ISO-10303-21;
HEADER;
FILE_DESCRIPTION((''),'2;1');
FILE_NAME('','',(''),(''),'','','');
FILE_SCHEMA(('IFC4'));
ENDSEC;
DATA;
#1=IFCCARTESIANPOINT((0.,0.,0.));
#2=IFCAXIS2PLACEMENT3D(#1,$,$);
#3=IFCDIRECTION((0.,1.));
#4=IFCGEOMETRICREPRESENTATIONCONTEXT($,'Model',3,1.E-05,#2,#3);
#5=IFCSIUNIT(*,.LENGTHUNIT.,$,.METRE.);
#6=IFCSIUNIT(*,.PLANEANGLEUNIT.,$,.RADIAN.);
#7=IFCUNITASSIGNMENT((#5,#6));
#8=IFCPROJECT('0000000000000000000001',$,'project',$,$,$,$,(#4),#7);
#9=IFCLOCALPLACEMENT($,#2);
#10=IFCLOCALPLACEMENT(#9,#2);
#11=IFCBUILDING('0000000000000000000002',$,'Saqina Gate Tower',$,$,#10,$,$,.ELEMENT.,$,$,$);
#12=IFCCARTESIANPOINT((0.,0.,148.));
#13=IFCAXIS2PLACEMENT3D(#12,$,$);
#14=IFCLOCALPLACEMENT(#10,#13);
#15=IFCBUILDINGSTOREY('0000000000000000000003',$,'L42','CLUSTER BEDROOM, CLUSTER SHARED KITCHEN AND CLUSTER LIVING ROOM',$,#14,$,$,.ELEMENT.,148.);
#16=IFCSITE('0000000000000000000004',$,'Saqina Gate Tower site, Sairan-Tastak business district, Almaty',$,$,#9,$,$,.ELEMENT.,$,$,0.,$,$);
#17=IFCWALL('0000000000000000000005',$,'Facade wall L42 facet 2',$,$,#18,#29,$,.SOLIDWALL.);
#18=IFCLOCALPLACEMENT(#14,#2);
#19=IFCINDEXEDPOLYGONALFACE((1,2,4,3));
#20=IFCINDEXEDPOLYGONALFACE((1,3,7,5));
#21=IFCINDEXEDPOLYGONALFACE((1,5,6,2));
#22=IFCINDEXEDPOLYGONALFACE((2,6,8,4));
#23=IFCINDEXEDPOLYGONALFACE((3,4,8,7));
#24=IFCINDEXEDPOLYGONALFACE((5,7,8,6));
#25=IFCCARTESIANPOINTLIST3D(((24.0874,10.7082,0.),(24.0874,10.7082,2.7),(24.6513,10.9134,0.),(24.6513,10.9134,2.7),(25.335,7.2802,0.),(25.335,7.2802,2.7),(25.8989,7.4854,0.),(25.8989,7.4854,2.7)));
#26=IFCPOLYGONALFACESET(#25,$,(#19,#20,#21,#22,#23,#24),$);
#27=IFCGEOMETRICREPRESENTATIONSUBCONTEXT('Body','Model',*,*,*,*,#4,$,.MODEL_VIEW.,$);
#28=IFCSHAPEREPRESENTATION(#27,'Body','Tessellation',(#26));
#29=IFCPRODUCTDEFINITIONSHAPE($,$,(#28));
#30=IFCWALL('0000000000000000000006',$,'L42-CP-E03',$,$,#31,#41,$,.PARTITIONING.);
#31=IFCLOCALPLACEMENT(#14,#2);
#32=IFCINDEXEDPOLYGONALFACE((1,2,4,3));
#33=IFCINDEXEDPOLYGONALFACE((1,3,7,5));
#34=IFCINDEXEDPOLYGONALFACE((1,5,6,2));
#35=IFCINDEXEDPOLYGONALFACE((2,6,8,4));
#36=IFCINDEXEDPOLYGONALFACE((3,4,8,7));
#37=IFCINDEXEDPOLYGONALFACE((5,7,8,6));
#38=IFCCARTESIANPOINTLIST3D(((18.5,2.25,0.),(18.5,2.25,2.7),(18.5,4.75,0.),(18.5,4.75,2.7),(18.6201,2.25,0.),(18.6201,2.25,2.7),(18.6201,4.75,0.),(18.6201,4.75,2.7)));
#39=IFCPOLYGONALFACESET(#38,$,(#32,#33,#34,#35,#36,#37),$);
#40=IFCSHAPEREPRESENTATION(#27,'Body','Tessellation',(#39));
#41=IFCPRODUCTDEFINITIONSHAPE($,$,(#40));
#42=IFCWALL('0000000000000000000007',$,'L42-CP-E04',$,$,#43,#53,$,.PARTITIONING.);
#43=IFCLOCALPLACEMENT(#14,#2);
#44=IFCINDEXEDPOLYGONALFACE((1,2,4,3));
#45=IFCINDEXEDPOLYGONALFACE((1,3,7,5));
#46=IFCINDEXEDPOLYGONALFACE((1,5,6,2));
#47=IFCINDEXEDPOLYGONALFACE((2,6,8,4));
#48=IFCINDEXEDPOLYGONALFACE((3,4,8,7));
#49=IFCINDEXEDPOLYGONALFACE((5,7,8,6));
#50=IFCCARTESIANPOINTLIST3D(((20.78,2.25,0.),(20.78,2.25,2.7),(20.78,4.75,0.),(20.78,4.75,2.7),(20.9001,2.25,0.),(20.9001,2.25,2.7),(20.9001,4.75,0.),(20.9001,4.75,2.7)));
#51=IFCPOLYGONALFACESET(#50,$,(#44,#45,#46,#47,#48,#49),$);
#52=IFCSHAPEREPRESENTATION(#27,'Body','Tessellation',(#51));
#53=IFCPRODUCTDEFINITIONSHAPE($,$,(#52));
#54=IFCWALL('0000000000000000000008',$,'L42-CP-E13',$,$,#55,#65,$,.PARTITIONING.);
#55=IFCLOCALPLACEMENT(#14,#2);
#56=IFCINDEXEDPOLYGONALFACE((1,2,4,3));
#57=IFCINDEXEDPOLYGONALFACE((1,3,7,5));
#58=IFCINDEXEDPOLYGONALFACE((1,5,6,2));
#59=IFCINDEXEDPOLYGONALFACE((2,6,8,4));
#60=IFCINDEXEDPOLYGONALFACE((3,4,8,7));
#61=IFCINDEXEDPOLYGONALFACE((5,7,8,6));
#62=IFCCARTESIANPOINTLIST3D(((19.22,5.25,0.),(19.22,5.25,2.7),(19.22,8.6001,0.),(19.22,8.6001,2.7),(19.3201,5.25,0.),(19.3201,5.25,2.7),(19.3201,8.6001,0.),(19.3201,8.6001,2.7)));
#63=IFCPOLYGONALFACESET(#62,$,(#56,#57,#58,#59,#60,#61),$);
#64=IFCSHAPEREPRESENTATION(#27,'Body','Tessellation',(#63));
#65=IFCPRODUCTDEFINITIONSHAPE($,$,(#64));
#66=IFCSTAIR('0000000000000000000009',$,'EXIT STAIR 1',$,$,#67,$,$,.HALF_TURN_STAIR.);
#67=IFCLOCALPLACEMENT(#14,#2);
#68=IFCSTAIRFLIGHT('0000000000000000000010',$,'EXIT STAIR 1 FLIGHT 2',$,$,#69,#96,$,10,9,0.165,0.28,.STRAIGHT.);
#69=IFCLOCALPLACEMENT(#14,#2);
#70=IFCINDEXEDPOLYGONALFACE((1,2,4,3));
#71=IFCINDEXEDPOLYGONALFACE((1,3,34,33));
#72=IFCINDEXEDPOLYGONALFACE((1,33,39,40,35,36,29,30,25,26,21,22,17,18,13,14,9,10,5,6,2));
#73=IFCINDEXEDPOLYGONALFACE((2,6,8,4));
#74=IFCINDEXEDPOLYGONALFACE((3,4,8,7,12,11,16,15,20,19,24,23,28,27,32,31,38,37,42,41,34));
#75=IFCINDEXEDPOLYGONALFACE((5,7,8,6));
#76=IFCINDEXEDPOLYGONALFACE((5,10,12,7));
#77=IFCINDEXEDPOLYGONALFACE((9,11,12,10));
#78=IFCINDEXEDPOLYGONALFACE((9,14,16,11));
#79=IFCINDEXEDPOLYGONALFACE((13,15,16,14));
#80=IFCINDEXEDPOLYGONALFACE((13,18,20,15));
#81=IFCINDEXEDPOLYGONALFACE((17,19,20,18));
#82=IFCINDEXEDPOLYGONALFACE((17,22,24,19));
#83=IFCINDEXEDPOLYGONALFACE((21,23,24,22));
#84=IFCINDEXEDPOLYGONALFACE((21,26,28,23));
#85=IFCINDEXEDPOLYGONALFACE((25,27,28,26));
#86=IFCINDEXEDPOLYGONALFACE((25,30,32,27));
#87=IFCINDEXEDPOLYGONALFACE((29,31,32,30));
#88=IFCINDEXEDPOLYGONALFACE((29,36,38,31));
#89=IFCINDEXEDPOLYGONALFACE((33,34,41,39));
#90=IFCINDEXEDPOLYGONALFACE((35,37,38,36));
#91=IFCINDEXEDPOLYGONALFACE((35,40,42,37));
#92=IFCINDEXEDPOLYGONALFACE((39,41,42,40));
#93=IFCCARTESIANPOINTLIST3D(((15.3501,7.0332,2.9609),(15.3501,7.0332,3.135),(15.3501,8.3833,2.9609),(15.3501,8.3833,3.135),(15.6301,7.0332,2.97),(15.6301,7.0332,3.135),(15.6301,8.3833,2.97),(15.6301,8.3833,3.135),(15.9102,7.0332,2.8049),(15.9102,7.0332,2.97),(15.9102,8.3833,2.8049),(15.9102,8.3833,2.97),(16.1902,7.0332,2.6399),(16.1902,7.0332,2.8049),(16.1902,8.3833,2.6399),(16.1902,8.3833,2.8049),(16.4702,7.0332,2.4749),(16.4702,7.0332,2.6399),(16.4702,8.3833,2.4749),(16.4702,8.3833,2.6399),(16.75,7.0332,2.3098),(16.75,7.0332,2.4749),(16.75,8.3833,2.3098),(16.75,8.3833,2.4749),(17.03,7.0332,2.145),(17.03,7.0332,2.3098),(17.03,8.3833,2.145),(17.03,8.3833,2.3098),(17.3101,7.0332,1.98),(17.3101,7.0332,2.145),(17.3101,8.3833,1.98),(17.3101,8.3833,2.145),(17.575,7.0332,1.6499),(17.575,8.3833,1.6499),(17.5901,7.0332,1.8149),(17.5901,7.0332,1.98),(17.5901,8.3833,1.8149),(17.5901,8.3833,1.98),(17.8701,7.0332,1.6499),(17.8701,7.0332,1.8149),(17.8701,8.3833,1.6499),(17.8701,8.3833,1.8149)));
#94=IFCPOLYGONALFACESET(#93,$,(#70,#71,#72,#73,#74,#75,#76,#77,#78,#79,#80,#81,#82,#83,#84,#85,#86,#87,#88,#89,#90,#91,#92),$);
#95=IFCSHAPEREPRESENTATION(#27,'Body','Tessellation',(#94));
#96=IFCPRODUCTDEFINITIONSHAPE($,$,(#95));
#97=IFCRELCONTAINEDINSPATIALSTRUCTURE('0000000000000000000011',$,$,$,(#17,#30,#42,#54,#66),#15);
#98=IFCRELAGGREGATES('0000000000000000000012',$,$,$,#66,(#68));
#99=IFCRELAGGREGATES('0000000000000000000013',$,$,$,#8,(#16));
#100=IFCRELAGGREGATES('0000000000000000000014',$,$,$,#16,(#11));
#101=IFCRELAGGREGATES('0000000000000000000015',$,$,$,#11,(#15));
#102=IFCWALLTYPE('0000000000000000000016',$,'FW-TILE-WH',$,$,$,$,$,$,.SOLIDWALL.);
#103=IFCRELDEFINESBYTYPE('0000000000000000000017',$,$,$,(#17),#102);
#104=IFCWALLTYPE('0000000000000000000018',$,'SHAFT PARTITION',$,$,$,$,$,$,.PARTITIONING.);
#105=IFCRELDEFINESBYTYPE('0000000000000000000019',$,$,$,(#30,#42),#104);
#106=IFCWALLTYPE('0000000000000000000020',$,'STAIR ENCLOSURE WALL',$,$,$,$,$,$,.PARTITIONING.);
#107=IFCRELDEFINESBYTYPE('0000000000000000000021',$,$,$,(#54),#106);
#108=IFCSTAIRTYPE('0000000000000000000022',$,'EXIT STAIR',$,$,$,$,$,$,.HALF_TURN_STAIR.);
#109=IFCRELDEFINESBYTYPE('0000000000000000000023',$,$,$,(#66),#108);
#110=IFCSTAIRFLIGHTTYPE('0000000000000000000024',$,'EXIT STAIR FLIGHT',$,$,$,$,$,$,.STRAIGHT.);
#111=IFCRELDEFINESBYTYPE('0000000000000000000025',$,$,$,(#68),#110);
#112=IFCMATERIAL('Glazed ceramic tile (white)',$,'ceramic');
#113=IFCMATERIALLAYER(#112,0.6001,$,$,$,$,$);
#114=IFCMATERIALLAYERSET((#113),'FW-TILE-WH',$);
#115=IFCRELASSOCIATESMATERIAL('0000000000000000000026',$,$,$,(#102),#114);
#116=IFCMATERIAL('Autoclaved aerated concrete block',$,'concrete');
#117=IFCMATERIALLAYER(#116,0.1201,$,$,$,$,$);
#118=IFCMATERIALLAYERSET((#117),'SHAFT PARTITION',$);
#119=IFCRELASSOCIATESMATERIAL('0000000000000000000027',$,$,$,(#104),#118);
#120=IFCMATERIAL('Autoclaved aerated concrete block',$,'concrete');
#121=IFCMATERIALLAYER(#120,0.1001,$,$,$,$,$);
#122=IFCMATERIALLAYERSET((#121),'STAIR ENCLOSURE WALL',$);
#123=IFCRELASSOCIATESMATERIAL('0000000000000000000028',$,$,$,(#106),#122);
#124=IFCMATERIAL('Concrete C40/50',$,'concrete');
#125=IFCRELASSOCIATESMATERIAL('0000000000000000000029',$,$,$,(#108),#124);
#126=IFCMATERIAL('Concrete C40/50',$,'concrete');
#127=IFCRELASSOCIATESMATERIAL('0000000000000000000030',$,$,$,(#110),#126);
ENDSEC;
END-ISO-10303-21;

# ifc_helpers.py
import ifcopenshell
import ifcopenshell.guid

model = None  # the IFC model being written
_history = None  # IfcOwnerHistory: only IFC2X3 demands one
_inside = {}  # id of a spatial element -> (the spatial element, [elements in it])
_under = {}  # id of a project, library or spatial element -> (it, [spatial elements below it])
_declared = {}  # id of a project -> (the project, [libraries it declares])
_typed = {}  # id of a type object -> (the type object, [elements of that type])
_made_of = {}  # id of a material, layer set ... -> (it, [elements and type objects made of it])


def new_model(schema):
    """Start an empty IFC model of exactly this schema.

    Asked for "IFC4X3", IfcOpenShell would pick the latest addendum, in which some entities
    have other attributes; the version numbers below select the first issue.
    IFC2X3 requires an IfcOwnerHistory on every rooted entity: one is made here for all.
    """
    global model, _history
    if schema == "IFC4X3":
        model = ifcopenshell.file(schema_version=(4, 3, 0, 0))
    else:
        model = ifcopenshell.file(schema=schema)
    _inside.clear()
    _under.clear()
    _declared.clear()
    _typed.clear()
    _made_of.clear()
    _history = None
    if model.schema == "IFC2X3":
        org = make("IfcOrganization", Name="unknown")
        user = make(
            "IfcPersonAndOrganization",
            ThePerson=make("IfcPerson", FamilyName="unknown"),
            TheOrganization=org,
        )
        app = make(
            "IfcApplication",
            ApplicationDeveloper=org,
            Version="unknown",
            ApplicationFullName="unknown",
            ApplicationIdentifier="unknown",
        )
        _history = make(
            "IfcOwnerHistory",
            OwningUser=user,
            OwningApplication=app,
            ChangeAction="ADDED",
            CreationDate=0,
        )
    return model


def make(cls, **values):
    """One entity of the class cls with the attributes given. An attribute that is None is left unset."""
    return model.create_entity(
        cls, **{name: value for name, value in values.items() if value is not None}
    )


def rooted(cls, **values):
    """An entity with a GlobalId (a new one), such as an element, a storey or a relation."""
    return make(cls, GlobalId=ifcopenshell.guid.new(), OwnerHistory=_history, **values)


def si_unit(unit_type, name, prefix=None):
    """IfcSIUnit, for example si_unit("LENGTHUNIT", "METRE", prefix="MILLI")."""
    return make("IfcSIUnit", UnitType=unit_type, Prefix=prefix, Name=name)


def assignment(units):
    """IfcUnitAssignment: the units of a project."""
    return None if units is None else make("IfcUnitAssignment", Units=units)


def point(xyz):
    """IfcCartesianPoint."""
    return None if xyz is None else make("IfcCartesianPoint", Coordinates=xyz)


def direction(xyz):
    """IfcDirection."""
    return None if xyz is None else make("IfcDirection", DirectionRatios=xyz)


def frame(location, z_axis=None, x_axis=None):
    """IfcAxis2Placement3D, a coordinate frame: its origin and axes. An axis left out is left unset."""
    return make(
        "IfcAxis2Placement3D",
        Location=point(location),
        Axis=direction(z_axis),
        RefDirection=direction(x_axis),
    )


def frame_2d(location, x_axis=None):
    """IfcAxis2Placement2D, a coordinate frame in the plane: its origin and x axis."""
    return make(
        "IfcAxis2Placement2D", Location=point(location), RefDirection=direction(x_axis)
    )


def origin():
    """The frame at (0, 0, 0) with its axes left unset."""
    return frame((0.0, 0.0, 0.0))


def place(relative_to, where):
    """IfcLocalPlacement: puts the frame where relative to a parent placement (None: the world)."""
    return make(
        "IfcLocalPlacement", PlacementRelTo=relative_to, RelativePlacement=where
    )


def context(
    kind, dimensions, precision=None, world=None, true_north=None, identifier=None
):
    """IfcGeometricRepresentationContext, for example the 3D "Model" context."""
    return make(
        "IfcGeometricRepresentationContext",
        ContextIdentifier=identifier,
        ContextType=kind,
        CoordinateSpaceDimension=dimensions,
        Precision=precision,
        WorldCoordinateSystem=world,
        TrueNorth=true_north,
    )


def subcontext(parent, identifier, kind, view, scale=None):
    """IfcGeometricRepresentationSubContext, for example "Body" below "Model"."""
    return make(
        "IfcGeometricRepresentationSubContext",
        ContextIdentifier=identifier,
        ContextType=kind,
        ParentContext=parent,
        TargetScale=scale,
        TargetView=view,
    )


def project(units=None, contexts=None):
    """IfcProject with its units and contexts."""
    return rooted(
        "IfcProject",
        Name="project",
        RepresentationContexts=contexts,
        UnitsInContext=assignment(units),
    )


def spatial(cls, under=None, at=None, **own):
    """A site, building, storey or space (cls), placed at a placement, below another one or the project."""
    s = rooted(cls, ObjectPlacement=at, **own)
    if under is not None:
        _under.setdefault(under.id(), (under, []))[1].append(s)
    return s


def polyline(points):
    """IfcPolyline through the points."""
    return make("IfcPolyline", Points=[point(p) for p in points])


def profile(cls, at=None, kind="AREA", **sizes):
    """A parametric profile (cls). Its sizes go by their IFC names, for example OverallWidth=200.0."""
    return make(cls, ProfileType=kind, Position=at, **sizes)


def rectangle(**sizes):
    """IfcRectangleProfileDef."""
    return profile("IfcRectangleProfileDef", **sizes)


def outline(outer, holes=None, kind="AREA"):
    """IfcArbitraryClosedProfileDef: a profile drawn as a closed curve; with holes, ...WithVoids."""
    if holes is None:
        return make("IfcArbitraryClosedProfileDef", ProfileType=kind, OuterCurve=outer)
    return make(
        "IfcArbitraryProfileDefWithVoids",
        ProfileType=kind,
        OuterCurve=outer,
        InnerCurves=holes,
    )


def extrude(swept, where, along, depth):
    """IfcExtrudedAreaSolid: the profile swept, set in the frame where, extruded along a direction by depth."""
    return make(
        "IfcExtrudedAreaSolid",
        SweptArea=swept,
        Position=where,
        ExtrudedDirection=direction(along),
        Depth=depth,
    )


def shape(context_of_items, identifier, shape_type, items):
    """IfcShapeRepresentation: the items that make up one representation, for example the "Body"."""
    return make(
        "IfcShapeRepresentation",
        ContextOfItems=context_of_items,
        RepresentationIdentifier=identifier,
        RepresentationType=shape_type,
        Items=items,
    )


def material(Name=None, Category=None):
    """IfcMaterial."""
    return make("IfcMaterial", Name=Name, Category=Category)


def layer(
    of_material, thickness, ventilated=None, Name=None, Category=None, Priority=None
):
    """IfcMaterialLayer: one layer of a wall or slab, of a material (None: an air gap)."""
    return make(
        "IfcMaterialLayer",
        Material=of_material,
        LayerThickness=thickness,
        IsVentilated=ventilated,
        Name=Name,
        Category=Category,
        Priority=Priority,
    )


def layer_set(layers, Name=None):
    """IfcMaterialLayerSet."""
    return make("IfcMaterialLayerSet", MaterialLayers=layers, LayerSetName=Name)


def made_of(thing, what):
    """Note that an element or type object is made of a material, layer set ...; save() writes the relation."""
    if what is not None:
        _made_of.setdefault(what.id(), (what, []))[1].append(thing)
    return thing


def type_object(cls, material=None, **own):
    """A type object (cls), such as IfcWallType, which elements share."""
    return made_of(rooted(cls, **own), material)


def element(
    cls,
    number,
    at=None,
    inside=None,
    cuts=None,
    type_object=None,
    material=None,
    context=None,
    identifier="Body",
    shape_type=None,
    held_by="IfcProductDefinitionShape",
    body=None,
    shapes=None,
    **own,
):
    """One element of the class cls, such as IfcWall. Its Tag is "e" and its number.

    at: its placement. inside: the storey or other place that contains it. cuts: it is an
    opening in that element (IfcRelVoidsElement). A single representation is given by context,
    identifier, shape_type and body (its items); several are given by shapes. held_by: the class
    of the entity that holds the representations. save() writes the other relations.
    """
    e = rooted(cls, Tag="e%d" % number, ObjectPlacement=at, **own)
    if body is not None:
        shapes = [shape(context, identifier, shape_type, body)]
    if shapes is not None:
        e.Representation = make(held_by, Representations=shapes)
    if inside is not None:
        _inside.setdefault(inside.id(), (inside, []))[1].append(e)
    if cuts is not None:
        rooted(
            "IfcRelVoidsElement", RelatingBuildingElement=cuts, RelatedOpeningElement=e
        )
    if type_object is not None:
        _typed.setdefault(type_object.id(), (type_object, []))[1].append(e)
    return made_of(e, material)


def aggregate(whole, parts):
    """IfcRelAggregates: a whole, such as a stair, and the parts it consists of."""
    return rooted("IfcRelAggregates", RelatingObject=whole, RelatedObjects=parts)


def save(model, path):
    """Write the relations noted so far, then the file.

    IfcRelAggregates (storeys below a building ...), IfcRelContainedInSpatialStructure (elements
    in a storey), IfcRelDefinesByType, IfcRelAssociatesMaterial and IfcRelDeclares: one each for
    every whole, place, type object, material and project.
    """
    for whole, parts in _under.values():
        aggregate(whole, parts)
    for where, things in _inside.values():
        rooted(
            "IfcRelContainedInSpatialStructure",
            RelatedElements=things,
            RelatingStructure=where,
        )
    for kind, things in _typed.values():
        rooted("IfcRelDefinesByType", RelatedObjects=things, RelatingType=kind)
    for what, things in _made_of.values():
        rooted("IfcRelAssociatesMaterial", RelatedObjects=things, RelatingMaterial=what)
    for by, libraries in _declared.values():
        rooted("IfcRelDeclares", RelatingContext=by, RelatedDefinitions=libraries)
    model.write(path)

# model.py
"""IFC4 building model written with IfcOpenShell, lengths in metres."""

from ifc_helpers import new_model, si_unit, direction, frame, frame_2d, origin, place, context, subcontext, project, spatial, polyline, rectangle, outline, extrude, material, layer, layer_set, type_object, element, aggregate, save


model = new_model("IFC4")

# Units and contexts
model_context = context("Model", 3, precision=1e-05, world=origin(), true_north=direction((0.0, 1.0)))
body_context = subcontext(model_context, "Body", "Model", "MODEL_VIEW")
ifc_project = project(units=[si_unit("LENGTHUNIT", "METRE"), si_unit("PLANEANGLEUNIT", "RADIAN")], contexts=[model_context])

# Site, building, storey
site_placement = place(None, origin())
site = spatial("IfcSite", under=ifc_project, at=site_placement, Name="Saqina Gate Tower site, Sairan-Tastak business district, Almaty", CompositionType="ELEMENT", RefElevation=0.0)
building_placement = place(site_placement, origin())
building = spatial("IfcBuilding", under=site, at=building_placement, Name="Saqina Gate Tower", CompositionType="ELEMENT")
storey_placement = place(building_placement, frame((0.0, 0.0, 148.0)))
storey = spatial("IfcBuildingStorey", under=building, at=storey_placement, Name="L42", Description="CLUSTER BEDROOM, CLUSTER SHARED KITCHEN AND CLUSTER LIVING ROOM", CompositionType="ELEMENT", Elevation=148.0)

# Walls
ifc_material_1 = material(Name="Glazed ceramic tile (white)", Category="ceramic")
ifc_layer_1 = layer(ifc_material_1, 0.6001)
ifc_layer_set_1 = layer_set([ifc_layer_1], Name="FW-TILE-WH")
wall_type_1 = type_object("IfcWallType", Name="FW-TILE-WH", PredefinedType="SOLIDWALL", material=ifc_layer_set_1)
wall_1_placement = place(storey_placement, frame((25.6169, 7.3828, 0.0), z_axis=(0.0, 0.0, 1.0), x_axis=(-0.34199, 0.939704, 0.0)))
element("IfcWall", 1, at=wall_1_placement, inside=storey, type_object=wall_type_1, Name="Facade wall L42 facet 2", PredefinedType="SOLIDWALL", context=body_context, shape_type="SweptSolid", body=[
    extrude(rectangle(XDim=3.6479, YDim=0.6001, at=frame_2d((1.824, 0.0))), origin(), (0.0, 0.0, 1.0), 2.7),
])
ifc_material_2 = material(Name="Autoclaved aerated concrete block", Category="concrete")
ifc_layer_2 = layer(ifc_material_2, 0.1201)
ifc_layer_set_2 = layer_set([ifc_layer_2], Name="SHAFT PARTITION")
wall_type_2 = type_object("IfcWallType", Name="SHAFT PARTITION", PredefinedType="PARTITIONING", material=ifc_layer_set_2)
for number, where, z_axis, x_axis, name in (
    (2, (18.5601, 2.25, 0.0), (0.0, 0.0, 1.0), (0.0, 1.0, 0.0), "L42-CP-E03"),
    (3, (20.8401, 2.25, 0.0), (0.0, 0.0, 1.0), (0.0, 1.0, 0.0), "L42-CP-E04"),
):
    element("IfcWall", number, at=place(storey_placement, frame(where, z_axis=z_axis, x_axis=x_axis)), inside=storey, type_object=wall_type_2, Name=name, PredefinedType="PARTITIONING", context=body_context, shape_type="SweptSolid", body=[
        extrude(rectangle(XDim=2.5, YDim=0.1201, at=frame_2d((1.25, 0.0))), origin(), (0.0, 0.0, 1.0), 2.7),
    ])
ifc_material_3 = material(Name="Autoclaved aerated concrete block", Category="concrete")
ifc_layer_3 = layer(ifc_material_3, 0.1001)
ifc_layer_set_3 = layer_set([ifc_layer_3], Name="STAIR ENCLOSURE WALL")
wall_type_3 = type_object("IfcWallType", Name="STAIR ENCLOSURE WALL", PredefinedType="PARTITIONING", material=ifc_layer_set_3)
wall_2_placement = place(storey_placement, frame((19.27, 5.25, 0.0), z_axis=(0.0, 0.0, 1.0), x_axis=(0.0, 1.0, 0.0)))
element("IfcWall", 4, at=wall_2_placement, inside=storey, type_object=wall_type_3, Name="L42-CP-E13", PredefinedType="PARTITIONING", context=body_context, shape_type="SweptSolid", body=[
    extrude(rectangle(XDim=3.3501, YDim=0.1001, at=frame_2d((1.675, 0.0))), origin(), (0.0, 0.0, 1.0), 2.7),
])

# Stair, stair flight
ifc_material_4 = material(Name="Concrete C40/50", Category="concrete")
stair_type = type_object("IfcStairType", Name="EXIT STAIR", PredefinedType="HALF_TURN_STAIR", material=ifc_material_4)
stair_placement = place(storey_placement, origin())
stair = element("IfcStair", 5, at=stair_placement, inside=storey, type_object=stair_type, Name="EXIT STAIR 1", PredefinedType="HALF_TURN_STAIR")
ifc_material_5 = material(Name="Concrete C40/50", Category="concrete")
stair_flight_type = type_object("IfcStairFlightType", Name="EXIT STAIR FLIGHT", PredefinedType="STRAIGHT", material=ifc_material_5)
stair_flight_placement = place(storey_placement, frame((17.8701, 7.7083, 1.6499), z_axis=(0.0, 0.0, 1.0), x_axis=(-1.0, 0.0, 0.0)))
stair_flight = element("IfcStairFlight", 6, at=stair_flight_placement, type_object=stair_flight_type, Name="EXIT STAIR 1 FLIGHT 2", NumberOfRisers=10, NumberOfTreads=9, PredefinedType="STRAIGHT", RiserHeight=0.165, TreadLength=0.28, context=body_context, shape_type="SweptSolid", body=[
    extrude(outline(polyline([(0.0, 0.0), (0.0, 0.165), (0.28, 0.165), (0.28, 0.3301), (0.5601, 0.3301), (0.5601, 0.4951), (0.8401, 0.4951), (0.8401, 0.6599), (1.1201, 0.6599), (1.1201, 0.825), (1.3999, 0.825), (1.3999, 0.99), (1.6799, 0.99), (1.6799, 1.155), (1.96, 1.155), (1.96, 1.3201), (2.24, 1.3201), (2.24, 1.4851), (2.52, 1.4851), (2.52, 1.6499), (2.52, 1.311), (0.2952, 0.0), (0.0, 0.0)])), frame((0.0, 0.675, 0.0), z_axis=(0.0, -1.0, 0.0), x_axis=(1.0, 0.0, 0.0)), (0.0, 0.0, 1.0), 1.3501),
])
aggregate(stair, [stair_flight])

save(model, "model.ifc")
